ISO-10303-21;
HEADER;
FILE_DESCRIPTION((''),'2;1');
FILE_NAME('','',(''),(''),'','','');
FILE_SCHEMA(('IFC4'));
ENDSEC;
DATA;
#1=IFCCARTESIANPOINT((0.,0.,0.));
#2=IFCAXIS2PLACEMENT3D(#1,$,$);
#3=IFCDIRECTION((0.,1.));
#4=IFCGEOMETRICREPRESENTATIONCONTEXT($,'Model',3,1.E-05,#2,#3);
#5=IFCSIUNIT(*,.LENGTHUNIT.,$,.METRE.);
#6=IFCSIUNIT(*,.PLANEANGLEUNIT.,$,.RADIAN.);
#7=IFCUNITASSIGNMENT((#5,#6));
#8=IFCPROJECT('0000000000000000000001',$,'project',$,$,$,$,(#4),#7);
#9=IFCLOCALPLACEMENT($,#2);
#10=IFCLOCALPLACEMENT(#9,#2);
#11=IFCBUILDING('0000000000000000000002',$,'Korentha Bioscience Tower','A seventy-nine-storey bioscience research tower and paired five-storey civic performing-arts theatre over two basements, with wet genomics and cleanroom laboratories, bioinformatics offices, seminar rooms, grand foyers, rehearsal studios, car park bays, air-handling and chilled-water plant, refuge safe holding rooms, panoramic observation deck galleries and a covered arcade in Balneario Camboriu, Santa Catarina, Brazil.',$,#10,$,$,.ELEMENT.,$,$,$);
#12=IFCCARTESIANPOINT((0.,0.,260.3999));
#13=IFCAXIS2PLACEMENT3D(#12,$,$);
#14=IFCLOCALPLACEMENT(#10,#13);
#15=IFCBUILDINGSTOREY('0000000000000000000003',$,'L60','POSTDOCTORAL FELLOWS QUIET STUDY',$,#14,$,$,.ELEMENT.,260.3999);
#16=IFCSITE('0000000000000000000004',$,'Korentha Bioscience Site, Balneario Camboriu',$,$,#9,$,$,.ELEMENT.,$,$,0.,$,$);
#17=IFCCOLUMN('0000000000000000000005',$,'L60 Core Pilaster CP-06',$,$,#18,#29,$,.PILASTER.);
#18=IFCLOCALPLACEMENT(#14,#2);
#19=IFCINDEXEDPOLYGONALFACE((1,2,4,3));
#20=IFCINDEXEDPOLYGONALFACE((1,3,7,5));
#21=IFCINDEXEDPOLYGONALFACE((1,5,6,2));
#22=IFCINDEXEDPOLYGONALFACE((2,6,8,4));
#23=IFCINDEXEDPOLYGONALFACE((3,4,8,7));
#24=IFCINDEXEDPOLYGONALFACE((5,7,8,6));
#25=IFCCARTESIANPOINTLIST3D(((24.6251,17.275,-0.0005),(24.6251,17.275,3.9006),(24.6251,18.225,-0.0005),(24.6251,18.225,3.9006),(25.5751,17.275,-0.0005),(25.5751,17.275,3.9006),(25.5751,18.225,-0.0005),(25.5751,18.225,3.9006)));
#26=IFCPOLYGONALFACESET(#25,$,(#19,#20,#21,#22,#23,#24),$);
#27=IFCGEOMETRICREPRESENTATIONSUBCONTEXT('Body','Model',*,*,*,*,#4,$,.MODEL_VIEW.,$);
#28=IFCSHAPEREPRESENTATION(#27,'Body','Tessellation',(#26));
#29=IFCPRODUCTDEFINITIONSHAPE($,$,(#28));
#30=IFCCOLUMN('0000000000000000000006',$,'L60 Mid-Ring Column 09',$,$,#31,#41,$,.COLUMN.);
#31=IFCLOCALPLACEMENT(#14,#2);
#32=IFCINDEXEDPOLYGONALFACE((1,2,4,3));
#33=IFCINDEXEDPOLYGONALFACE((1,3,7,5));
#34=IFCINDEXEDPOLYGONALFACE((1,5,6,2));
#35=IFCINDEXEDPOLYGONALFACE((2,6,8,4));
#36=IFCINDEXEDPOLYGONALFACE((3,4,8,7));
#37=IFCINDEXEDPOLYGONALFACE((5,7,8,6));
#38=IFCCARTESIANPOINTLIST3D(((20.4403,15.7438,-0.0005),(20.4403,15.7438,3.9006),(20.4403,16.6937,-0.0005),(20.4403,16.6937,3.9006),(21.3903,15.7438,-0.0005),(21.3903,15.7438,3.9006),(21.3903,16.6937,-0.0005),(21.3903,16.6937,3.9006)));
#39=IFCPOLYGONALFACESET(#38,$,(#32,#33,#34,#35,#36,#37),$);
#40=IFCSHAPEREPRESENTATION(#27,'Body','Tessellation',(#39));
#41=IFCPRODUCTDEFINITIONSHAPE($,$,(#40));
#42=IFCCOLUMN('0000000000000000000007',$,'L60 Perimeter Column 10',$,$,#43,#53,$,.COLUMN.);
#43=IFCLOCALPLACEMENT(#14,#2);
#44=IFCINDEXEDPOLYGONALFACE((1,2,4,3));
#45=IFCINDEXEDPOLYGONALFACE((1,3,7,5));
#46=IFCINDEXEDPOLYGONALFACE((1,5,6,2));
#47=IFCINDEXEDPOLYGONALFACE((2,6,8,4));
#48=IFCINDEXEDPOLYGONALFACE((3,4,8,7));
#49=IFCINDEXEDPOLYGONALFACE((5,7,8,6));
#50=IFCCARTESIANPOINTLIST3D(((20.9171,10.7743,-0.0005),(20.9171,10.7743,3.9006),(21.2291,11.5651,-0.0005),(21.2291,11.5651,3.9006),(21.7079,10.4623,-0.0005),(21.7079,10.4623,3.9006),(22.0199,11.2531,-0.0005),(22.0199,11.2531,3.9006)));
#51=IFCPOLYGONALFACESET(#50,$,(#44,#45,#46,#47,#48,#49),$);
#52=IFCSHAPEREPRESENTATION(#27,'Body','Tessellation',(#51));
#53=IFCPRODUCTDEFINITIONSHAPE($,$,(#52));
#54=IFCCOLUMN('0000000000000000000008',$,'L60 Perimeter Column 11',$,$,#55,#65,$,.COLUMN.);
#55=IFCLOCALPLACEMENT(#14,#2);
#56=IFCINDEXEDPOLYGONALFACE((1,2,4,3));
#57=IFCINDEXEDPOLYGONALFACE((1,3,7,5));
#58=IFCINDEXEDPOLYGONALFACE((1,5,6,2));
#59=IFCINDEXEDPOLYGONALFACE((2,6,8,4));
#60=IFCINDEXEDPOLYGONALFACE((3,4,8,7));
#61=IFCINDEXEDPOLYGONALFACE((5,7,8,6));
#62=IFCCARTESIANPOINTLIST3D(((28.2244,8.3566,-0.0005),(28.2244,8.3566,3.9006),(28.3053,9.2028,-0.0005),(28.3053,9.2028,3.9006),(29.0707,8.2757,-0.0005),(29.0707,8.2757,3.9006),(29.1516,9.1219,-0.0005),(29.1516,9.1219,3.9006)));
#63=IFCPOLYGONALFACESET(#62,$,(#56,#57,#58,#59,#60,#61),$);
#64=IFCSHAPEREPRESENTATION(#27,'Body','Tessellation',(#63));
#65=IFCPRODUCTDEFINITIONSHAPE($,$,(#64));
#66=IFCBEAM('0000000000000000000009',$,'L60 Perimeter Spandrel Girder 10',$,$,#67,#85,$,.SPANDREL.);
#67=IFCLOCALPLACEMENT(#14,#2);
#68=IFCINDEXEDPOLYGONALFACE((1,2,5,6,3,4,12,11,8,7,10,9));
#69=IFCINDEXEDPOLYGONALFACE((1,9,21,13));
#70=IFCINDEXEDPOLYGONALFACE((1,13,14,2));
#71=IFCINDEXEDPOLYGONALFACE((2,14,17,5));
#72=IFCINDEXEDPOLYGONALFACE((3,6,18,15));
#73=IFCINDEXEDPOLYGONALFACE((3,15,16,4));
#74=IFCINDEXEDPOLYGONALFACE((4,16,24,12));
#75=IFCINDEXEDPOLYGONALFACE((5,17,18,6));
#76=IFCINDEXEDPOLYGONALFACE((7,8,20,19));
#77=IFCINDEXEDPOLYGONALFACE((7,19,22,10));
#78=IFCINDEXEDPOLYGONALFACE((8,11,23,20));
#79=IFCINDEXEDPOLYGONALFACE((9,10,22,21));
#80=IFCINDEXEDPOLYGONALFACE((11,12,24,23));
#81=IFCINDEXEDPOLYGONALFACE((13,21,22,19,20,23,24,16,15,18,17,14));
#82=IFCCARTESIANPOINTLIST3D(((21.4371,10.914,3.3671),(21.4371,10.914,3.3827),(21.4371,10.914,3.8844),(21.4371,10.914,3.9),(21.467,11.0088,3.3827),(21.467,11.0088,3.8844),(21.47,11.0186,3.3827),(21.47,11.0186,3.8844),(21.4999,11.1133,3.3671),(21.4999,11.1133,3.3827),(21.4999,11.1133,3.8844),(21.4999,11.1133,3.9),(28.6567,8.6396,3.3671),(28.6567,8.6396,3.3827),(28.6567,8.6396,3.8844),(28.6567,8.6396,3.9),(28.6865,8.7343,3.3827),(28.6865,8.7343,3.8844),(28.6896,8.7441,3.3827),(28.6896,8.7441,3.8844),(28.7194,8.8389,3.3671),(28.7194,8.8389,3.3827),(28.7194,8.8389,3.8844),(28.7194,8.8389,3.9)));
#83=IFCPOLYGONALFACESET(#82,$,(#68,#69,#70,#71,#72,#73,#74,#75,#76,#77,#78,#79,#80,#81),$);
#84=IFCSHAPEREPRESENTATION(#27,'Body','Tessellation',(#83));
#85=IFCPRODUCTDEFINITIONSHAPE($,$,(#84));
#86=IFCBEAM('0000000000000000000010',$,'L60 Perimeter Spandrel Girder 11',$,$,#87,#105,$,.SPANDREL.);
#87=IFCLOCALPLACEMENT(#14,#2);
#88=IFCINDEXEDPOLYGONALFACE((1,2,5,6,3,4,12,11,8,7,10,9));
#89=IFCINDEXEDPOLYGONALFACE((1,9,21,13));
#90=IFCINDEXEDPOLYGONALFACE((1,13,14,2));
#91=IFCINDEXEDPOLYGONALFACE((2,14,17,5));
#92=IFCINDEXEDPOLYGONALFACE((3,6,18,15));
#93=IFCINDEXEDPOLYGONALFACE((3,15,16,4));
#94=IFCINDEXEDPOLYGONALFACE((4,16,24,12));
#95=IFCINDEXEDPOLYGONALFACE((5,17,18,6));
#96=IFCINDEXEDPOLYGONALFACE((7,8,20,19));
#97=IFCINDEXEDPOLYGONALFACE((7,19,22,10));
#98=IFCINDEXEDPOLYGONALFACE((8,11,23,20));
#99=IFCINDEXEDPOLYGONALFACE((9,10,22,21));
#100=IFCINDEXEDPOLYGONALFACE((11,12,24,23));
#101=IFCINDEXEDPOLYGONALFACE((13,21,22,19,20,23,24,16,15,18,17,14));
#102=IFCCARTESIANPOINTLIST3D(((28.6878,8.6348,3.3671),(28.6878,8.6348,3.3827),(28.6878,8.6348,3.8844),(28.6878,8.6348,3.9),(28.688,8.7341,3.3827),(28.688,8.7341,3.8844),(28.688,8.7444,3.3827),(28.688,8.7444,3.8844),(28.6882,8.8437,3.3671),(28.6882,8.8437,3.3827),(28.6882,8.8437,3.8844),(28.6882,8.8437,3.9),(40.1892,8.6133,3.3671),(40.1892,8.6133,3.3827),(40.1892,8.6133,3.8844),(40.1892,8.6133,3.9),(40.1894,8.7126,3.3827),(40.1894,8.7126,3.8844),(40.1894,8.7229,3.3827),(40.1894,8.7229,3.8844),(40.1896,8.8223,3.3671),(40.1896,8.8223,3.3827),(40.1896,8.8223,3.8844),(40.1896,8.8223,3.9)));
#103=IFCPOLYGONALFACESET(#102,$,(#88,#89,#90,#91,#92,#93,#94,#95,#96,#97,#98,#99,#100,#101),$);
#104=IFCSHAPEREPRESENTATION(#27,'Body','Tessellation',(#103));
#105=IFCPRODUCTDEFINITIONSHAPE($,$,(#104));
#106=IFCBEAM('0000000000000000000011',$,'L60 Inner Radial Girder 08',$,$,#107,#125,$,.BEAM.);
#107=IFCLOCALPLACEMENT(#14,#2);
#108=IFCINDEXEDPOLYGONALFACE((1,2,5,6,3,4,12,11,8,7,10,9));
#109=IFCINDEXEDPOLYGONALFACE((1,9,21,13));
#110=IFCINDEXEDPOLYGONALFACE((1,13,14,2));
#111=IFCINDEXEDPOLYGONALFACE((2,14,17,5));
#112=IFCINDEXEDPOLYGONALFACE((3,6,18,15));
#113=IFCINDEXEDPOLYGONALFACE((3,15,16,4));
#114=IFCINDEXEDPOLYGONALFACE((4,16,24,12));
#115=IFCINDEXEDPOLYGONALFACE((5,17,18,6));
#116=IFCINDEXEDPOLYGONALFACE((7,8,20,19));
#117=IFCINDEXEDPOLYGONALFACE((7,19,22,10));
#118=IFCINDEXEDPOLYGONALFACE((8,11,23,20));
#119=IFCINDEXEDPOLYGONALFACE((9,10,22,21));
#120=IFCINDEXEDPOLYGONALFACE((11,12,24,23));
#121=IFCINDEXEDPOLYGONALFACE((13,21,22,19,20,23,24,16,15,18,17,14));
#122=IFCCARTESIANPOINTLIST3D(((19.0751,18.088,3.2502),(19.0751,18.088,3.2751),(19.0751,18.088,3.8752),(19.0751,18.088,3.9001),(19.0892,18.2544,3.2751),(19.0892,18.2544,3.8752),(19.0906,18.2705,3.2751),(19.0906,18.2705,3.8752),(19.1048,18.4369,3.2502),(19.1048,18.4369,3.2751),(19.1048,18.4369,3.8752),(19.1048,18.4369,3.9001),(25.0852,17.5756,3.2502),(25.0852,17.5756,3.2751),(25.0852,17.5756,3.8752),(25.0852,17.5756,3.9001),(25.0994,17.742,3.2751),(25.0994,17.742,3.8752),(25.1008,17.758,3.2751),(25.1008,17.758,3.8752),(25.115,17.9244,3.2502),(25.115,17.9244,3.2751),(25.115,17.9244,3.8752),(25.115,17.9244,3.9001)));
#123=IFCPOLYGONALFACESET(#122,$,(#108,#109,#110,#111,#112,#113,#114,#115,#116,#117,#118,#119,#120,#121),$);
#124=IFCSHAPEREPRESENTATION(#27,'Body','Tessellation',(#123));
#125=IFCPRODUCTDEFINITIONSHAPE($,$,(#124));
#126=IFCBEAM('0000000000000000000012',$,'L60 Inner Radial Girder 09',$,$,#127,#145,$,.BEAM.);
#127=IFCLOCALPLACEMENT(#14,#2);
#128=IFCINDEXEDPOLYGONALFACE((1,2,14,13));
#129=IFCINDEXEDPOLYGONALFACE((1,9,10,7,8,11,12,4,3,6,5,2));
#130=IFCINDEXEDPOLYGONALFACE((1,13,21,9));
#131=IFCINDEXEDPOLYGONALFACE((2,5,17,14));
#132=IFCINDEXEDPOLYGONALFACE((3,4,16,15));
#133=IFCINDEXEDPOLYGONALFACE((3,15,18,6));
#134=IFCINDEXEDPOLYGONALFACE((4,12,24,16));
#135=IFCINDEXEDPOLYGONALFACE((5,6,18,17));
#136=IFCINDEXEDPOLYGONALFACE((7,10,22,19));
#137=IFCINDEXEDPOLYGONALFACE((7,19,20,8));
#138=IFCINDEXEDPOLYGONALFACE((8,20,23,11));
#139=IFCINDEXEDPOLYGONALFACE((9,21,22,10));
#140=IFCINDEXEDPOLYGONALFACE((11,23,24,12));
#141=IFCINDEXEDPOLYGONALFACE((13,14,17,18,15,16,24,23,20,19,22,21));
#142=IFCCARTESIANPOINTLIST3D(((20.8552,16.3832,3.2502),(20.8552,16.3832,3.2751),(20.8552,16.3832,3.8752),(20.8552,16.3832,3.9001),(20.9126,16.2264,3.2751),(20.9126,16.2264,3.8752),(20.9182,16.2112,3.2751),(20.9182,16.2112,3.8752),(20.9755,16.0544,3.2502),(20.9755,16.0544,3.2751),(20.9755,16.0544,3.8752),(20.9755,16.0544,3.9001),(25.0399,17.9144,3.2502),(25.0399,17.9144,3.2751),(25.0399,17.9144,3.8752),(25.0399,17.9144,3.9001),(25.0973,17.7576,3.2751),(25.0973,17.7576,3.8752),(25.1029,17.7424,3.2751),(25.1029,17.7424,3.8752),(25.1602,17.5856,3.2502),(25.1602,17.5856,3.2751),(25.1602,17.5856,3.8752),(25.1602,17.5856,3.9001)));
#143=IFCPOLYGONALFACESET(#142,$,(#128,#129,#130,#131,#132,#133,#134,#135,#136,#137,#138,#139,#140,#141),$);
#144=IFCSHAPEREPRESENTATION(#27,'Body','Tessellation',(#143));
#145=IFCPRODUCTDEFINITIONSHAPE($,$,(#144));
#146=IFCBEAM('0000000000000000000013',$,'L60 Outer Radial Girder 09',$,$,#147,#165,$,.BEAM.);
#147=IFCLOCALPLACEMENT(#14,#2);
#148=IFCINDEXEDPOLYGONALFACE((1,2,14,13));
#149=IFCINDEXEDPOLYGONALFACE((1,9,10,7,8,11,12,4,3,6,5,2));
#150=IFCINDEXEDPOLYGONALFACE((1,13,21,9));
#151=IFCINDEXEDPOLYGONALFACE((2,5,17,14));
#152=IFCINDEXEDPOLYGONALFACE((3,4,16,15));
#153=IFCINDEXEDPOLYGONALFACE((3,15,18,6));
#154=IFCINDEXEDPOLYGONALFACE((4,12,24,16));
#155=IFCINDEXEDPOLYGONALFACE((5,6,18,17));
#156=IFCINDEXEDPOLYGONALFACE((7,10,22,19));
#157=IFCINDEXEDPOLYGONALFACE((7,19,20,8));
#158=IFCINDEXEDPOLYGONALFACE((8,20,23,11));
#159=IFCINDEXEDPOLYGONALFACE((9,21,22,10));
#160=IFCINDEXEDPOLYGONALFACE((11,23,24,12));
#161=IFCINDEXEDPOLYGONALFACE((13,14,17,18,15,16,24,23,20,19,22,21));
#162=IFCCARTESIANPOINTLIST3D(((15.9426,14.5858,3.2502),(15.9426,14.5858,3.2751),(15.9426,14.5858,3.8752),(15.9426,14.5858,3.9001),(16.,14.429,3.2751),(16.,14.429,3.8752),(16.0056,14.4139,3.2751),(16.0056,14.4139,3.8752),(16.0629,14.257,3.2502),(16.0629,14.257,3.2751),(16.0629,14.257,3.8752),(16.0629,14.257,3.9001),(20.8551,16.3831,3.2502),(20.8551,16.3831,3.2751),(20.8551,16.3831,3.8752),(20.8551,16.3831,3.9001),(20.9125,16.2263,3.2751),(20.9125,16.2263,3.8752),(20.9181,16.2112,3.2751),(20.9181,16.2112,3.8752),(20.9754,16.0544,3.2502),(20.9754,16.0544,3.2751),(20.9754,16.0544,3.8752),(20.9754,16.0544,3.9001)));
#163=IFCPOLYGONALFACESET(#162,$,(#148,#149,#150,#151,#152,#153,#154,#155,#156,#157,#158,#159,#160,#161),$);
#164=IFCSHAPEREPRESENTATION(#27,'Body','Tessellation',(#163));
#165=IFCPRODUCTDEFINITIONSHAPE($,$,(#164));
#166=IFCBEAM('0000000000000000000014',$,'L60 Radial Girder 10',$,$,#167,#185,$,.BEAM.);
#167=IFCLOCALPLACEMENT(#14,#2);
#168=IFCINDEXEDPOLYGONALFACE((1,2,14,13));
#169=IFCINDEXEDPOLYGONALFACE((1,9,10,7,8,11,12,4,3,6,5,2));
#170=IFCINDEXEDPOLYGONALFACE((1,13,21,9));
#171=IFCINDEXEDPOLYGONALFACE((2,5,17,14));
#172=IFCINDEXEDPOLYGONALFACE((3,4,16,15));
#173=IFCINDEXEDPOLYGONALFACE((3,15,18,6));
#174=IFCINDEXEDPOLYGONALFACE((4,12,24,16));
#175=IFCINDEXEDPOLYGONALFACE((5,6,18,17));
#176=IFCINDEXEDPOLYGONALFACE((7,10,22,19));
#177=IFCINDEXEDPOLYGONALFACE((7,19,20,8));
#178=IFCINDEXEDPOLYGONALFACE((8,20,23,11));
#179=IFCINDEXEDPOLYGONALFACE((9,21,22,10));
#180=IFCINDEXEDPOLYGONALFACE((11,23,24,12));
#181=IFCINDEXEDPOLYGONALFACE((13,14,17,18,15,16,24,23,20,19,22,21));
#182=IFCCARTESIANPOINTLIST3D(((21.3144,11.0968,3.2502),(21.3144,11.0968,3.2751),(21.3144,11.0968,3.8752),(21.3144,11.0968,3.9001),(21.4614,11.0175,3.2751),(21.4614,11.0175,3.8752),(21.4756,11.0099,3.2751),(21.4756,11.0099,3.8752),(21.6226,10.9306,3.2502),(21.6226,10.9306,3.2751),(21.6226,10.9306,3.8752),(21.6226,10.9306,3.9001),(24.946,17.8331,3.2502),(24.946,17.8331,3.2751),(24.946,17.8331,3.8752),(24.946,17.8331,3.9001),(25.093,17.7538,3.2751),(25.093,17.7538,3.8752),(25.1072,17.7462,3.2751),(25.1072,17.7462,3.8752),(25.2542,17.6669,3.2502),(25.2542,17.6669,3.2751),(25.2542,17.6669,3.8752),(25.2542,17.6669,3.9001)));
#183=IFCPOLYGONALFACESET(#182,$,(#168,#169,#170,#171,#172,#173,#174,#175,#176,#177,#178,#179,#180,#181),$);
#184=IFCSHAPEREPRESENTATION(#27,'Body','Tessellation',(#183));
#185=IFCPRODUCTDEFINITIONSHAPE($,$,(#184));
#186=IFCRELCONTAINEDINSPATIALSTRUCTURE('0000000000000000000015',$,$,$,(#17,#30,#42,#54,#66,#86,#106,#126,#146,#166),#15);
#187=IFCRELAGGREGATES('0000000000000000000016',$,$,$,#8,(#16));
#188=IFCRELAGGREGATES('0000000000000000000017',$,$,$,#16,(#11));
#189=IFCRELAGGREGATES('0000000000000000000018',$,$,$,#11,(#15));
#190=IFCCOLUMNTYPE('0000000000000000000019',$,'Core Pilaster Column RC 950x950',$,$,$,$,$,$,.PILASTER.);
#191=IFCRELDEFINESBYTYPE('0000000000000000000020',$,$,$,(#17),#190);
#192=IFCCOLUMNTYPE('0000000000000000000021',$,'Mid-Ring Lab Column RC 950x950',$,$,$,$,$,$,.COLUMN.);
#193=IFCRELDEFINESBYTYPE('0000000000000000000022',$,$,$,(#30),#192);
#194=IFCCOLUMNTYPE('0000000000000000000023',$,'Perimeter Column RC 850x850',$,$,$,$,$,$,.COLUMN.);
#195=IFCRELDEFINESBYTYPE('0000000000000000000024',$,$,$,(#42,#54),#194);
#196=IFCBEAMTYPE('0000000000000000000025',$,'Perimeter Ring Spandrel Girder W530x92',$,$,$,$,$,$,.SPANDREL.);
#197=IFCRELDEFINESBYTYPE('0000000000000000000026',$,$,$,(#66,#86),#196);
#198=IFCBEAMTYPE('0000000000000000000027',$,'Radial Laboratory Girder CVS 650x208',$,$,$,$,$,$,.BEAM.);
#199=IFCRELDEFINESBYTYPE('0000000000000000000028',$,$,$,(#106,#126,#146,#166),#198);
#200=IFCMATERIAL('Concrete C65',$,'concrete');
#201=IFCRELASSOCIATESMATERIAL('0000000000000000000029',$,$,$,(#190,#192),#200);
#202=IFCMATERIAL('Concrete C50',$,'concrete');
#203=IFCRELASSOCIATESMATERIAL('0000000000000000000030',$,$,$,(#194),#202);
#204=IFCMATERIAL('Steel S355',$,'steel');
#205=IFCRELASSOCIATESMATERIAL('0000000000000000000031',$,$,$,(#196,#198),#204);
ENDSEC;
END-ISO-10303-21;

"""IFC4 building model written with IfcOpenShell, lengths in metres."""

from ifc_helpers import new_model, si_unit, direction, frame, origin, origin_2d, place, context, subcontext, project, spatial, rectangle, i_section, extrude, material, material_profile, profile_set, type_object, element, save


model = new_model("IFC4")

# Units and contexts
model_context = context("Model", 3, precision=1e-05, world=origin(), true_north=direction((0.0, 1.0)))
body_context = subcontext(model_context, "Body", "Model", "MODEL_VIEW")
ifc_project = project(units=[si_unit("LENGTHUNIT", "METRE"), si_unit("PLANEANGLEUNIT", "RADIAN")], contexts=[model_context])

# Site, building, storey
site_placement = place(None, origin())
site = spatial("IfcSite", under=ifc_project, at=site_placement, Name="Korentha Bioscience Site, Balneario Camboriu", CompositionType="ELEMENT", RefElevation=0.0)
building_placement = place(site_placement, origin())
building = spatial("IfcBuilding", under=site, at=building_placement, Name="Korentha Bioscience Tower", Description="A seventy-nine-storey bioscience research tower and paired five-storey civic performing-arts theatre over two basements, with wet genomics and cleanroom laboratories, bioinformatics offices, seminar rooms, grand foyers, rehearsal studios, car park bays, air-handling and chilled-water plant, refuge safe holding rooms, panoramic observation deck galleries and a covered arcade in Balneario Camboriu, Santa Catarina, Brazil.", CompositionType="ELEMENT")
storey_placement = place(building_placement, frame((0.0, 0.0, 260.3999)))
storey = spatial("IfcBuildingStorey", under=building, at=storey_placement, Name="L60", Description="POSTDOCTORAL FELLOWS QUIET STUDY", CompositionType="ELEMENT", Elevation=260.3999)

# Columns
ifc_material_1 = material(Name="Concrete C65", Category="concrete")
ifc_material_profile_1 = material_profile(ifc_material_1, rectangle(XDim=0.95, YDim=0.95, at=origin_2d()), Name="Concrete C65")
ifc_profile_set_1 = profile_set([ifc_material_profile_1], Name="Concrete C65 (COL-CP09)")
column_type_1 = type_object("IfcColumnType", Name="Core Pilaster Column RC 950x950", PredefinedType="PILASTER", material=ifc_profile_set_1)
column_1_placement = place(storey_placement, frame((25.1001, 17.75, -0.0005), z_axis=(0.0, 0.0, 1.0), x_axis=(1.0, 0.0, 0.0)))
element("IfcColumn", 1, at=column_1_placement, inside=storey, type_object=column_type_1, Name="L60 Core Pilaster CP-06", PredefinedType="PILASTER", context=body_context, shape_type="SweptSolid", body=[
    extrude(rectangle(XDim=0.95, YDim=0.95, at=origin_2d()), origin(), (0.0, 0.0, 1.0), 3.9011),
])
ifc_material_profile_2 = material_profile(ifc_material_1, rectangle(XDim=0.95, YDim=0.95, at=origin_2d()), Name="Concrete C65")
ifc_profile_set_2 = profile_set([ifc_material_profile_2], Name="Concrete C65 (COL-MR09)")
column_type_2 = type_object("IfcColumnType", Name="Mid-Ring Lab Column RC 950x950", PredefinedType="COLUMN", material=ifc_profile_set_2)
column_2_placement = place(storey_placement, frame((20.9153, 16.2188, -0.0005), z_axis=(0.0, 0.0, 1.0), x_axis=(1.0, 0.0, 0.0)))
element("IfcColumn", 2, at=column_2_placement, inside=storey, type_object=column_type_2, Name="L60 Mid-Ring Column 09", PredefinedType="COLUMN", context=body_context, shape_type="SweptSolid", body=[
    extrude(rectangle(XDim=0.95, YDim=0.95, at=origin_2d()), origin(), (0.0, 0.0, 1.0), 3.9011),
])
ifc_material_2 = material(Name="Concrete C50", Category="concrete")
ifc_material_profile_3 = material_profile(ifc_material_2, rectangle(XDim=0.8501, YDim=0.8501, at=origin_2d()), Name="Concrete C50")
ifc_profile_set_3 = profile_set([ifc_material_profile_3], Name="Concrete C50 (COL-P08)")
column_type_3 = type_object("IfcColumnType", Name="Perimeter Column RC 850x850", PredefinedType="COLUMN", material=ifc_profile_set_3)
for number, where, z_axis, x_axis, name in (
    (3, (21.4685, 11.0137, -0.0005), (0.0, 0.0, 1.0), (-0.930226, 0.366988, 0.0), "L60 Perimeter Column 10"),
    (4, (28.688, 8.7393, -0.0005), (0.0, 0.0, 1.0), (-0.995463, 0.095151, 0.0), "L60 Perimeter Column 11"),
):
    element("IfcColumn", number, at=place(storey_placement, frame(where, z_axis=z_axis, x_axis=x_axis)), inside=storey, type_object=column_type_3, Name=name, PredefinedType="COLUMN", context=body_context, shape_type="SweptSolid", body=[
        extrude(rectangle(XDim=0.8501, YDim=0.8501, at=origin_2d()), origin(), (0.0, 0.0, 1.0), 3.9011),
    ])

# Beams
ifc_material_3 = material(Name="Steel S355", Category="steel")
ifc_material_profile_4 = material_profile(ifc_material_3, i_section(OverallWidth=0.209, OverallDepth=0.533, WebThickness=0.0103, FlangeThickness=0.0156, at=origin_2d()), Name="Steel S355")
ifc_profile_set_4 = profile_set([ifc_material_profile_4], Name="Steel S355 (SB-530)")
beam_type_1 = type_object("IfcBeamType", Name="Perimeter Ring Spandrel Girder W530x92", PredefinedType="SPANDREL", material=ifc_profile_set_4)
beam_1_placement = place(storey_placement, frame((21.4685, 11.0137, 3.6335), z_axis=(0.953788, -0.30048, 0.0), x_axis=(0.30048, 0.953788, 0.0)))
element("IfcBeam", 5, at=beam_1_placement, inside=storey, type_object=beam_type_1, Name="L60 Perimeter Spandrel Girder 10", PredefinedType="SPANDREL", context=body_context, shape_type="SweptSolid", body=[
    extrude(i_section(OverallWidth=0.209, OverallDepth=0.533, WebThickness=0.0103, FlangeThickness=0.0156, at=origin_2d()), origin(), (0.0, 0.0, 1.0), 7.5693),
])
beam_2_placement = place(storey_placement, frame((28.688, 8.7393, 3.6335), z_axis=(0.999998, -0.001868, 0.0), x_axis=(0.001868, 0.999998, 0.0)))
element("IfcBeam", 6, at=beam_2_placement, inside=storey, type_object=beam_type_1, Name="L60 Perimeter Spandrel Girder 11", PredefinedType="SPANDREL", context=body_context, shape_type="SweptSolid", body=[
    extrude(i_section(OverallWidth=0.209, OverallDepth=0.533, WebThickness=0.0103, FlangeThickness=0.0156, at=origin_2d()), origin(), (0.0, 0.0, 1.0), 11.5015),
])
ifc_material_profile_5 = material_profile(ifc_material_3, i_section(OverallWidth=0.3501, OverallDepth=0.6499, WebThickness=0.0161, FlangeThickness=0.0249, at=origin_2d()), Name="Steel S355")
ifc_profile_set_5 = profile_set([ifc_material_profile_5], Name="Steel S355 (RB-650)")
beam_type_2 = type_object("IfcBeamType", Name="Radial Laboratory Girder CVS 650x208", PredefinedType="BEAM", material=ifc_profile_set_5)
beam_3_placement = place(storey_placement, frame((25.1001, 17.75, 3.5752), z_axis=(-0.996385, 0.084955, 0.0), x_axis=(-0.084955, -0.996385, 0.0)))
element("IfcBeam", 7, at=beam_3_placement, inside=storey, type_object=beam_type_2, Name="L60 Inner Radial Girder 08", PredefinedType="BEAM", context=body_context, shape_type="SweptSolid", body=[
    extrude(i_section(OverallWidth=0.3501, OverallDepth=0.6499, WebThickness=0.0161, FlangeThickness=0.0249, at=origin_2d()), origin(), (0.0, 0.0, 1.0), 6.032),
])
beam_4_placement = place(storey_placement, frame((25.1001, 17.75, 3.5752), z_axis=(-0.939107, -0.343625, 0.0), x_axis=(0.343625, -0.939107, 0.0)))
element("IfcBeam", 8, at=beam_4_placement, inside=storey, type_object=beam_type_2, Name="L60 Inner Radial Girder 09", PredefinedType="BEAM", context=body_context, shape_type="SweptSolid", body=[
    extrude(i_section(OverallWidth=0.3501, OverallDepth=0.6499, WebThickness=0.0161, FlangeThickness=0.0249, at=origin_2d()), origin(), (0.0, 0.0, 1.0), 4.4561),
])
beam_5_placement = place(storey_placement, frame((20.9153, 16.2188, 3.5752), z_axis=(-0.939118, -0.343594, 0.0), x_axis=(0.343594, -0.939118, 0.0)))
element("IfcBeam", 9, at=beam_5_placement, inside=storey, type_object=beam_type_2, Name="L60 Outer Radial Girder 09", PredefinedType="BEAM", context=body_context, shape_type="SweptSolid", body=[
    extrude(i_section(OverallWidth=0.3501, OverallDepth=0.6499, WebThickness=0.0161, FlangeThickness=0.0249, at=origin_2d()), origin(), (0.0, 0.0, 1.0), 5.231),
])
beam_6_placement = place(storey_placement, frame((25.1001, 17.75, 3.5752), z_axis=(-0.474539, -0.880234, 0.0), x_axis=(0.880234, -0.474539, 0.0)))
element("IfcBeam", 10, at=beam_6_placement, inside=storey, type_object=beam_type_2, Name="L60 Radial Girder 10", PredefinedType="BEAM", context=body_context, shape_type="SweptSolid", body=[
    extrude(i_section(OverallWidth=0.3501, OverallDepth=0.6499, WebThickness=0.0161, FlangeThickness=0.0249, at=origin_2d()), origin(), (0.0, 0.0, 1.0), 7.6528),
])

save(model, "model.ifc")
